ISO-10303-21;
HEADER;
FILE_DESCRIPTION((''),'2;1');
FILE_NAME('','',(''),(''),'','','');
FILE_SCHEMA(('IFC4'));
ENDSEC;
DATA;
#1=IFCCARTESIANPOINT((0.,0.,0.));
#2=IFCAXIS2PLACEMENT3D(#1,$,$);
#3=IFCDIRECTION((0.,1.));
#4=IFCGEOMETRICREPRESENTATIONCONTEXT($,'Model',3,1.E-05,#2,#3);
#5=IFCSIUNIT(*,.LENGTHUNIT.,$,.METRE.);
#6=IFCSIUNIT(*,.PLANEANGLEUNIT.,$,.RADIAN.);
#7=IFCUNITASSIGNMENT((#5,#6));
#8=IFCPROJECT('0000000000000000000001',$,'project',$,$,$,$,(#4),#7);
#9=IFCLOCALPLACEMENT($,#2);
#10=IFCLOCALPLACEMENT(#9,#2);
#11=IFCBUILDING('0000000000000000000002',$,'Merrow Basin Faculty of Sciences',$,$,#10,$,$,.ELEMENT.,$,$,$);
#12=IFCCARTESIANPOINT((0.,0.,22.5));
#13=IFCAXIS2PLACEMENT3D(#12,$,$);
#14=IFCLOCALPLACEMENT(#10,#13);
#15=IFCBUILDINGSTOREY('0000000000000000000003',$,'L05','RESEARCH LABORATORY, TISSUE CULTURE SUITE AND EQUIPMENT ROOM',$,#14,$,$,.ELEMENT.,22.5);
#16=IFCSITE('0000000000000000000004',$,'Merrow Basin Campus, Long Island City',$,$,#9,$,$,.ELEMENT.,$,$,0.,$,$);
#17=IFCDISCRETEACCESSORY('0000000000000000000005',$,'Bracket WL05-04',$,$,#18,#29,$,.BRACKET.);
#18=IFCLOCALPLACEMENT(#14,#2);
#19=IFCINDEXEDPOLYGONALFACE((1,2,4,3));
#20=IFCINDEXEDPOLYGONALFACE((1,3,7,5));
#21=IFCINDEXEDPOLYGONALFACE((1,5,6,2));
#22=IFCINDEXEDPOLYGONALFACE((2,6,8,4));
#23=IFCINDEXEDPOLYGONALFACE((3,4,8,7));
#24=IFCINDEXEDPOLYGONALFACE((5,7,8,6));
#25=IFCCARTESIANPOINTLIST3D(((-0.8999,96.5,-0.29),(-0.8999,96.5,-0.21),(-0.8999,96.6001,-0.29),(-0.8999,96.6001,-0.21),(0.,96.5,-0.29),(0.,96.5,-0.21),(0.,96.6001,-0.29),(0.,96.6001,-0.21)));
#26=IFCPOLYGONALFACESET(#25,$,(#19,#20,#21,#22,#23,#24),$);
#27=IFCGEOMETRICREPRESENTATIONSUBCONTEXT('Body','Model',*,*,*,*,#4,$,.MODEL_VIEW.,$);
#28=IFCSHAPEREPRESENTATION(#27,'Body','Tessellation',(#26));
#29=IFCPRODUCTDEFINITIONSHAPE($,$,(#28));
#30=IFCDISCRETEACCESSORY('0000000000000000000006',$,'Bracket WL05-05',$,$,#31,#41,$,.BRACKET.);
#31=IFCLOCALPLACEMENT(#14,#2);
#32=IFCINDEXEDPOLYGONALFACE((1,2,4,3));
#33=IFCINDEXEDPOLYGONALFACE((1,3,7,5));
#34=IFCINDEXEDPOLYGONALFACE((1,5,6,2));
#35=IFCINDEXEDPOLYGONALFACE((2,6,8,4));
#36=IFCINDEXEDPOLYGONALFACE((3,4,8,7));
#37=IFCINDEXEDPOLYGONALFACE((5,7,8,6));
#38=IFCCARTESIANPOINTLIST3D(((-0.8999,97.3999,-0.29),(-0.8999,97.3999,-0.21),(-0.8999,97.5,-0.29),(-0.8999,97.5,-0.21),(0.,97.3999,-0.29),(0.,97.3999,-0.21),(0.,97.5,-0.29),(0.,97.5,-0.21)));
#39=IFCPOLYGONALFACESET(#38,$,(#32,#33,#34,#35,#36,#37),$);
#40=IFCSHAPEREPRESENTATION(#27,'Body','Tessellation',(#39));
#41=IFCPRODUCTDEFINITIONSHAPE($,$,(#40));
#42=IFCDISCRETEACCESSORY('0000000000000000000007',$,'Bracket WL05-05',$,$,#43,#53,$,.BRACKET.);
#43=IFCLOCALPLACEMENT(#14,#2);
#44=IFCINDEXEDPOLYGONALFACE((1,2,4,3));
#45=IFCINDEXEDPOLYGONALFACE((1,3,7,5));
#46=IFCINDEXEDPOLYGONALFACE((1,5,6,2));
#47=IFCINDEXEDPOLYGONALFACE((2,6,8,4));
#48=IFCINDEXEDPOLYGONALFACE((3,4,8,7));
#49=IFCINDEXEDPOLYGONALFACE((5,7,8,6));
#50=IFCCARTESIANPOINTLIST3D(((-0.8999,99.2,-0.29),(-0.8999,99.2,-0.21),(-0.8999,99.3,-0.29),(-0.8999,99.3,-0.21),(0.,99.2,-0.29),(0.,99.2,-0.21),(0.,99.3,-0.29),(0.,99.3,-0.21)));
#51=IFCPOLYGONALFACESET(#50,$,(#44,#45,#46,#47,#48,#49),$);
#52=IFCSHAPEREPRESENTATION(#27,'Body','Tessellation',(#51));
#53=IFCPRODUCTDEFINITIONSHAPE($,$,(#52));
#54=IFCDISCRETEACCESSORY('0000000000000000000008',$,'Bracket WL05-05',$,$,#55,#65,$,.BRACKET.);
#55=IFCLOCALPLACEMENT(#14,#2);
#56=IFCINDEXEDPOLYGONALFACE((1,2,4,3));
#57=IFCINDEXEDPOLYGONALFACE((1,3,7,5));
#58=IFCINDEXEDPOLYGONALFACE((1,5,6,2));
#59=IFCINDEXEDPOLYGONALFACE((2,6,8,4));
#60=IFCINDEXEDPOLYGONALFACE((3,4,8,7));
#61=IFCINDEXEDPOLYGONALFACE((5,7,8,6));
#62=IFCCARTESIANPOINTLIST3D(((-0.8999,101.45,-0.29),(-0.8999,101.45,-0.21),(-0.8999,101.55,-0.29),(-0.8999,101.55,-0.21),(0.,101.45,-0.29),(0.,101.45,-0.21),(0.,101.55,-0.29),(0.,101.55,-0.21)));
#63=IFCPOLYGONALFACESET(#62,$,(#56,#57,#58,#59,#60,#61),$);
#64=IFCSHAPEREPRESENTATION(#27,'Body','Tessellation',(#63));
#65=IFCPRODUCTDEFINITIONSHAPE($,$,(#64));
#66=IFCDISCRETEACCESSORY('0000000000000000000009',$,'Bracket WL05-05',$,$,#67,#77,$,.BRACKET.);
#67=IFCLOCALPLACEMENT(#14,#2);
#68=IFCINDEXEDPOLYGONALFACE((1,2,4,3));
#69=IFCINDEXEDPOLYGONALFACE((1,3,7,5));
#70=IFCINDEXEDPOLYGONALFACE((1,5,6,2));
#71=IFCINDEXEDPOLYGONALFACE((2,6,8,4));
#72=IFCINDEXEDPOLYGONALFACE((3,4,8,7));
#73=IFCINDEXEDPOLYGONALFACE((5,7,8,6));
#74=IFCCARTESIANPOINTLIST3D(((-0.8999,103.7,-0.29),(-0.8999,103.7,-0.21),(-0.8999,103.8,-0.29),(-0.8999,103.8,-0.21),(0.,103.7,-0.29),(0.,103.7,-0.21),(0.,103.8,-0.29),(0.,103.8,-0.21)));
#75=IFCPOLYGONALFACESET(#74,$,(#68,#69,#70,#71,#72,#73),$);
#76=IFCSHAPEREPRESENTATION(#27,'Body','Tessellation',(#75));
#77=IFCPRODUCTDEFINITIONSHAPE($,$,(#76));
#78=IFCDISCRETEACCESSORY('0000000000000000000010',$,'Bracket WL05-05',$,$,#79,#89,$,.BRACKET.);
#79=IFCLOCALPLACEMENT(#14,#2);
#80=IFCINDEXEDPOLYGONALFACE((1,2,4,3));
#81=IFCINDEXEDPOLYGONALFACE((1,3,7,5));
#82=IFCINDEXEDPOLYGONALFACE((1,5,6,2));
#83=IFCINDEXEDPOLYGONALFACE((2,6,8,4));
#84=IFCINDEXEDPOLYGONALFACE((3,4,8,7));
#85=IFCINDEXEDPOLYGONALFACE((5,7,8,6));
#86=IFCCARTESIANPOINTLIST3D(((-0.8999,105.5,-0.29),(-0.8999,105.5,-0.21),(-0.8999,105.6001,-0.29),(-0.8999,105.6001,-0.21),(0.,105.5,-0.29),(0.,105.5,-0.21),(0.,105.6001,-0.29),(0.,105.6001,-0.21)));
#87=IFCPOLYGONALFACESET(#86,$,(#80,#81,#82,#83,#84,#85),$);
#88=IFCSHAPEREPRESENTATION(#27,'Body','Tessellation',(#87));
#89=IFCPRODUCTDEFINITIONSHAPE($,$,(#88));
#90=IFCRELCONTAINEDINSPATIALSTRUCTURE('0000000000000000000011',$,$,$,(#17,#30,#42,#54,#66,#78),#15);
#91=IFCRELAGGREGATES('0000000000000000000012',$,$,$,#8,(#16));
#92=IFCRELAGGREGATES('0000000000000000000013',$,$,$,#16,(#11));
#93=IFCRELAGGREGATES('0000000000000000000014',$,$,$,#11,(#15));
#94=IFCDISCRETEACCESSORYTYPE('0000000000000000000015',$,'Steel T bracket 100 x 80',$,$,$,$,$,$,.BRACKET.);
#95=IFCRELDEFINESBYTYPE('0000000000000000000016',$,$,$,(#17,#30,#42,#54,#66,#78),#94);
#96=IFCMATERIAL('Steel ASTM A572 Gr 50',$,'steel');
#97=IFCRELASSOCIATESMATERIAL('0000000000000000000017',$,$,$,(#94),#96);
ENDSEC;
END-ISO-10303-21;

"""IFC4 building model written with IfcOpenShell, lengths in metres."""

from ifc_helpers import new_model, si_unit, direction, frame, origin, place, context, subcontext, project, spatial, polyline, outline, extrude, source, transform, mapped, material, type_object, element, save


model = new_model("IFC4")

# Units and contexts
model_context = context("Model", 3, precision=1e-05, world=origin(), true_north=direction((0.0, 1.0)))
body_context = subcontext(model_context, "Body", "Model", "MODEL_VIEW")
ifc_project = project(units=[si_unit("LENGTHUNIT", "METRE"), si_unit("PLANEANGLEUNIT", "RADIAN")], contexts=[model_context])

# Site, building, storey
site_placement = place(None, origin())
site = spatial("IfcSite", under=ifc_project, at=site_placement, Name="Merrow Basin Campus, Long Island City", CompositionType="ELEMENT", RefElevation=0.0)
building_placement = place(site_placement, origin())
building = spatial("IfcBuilding", under=site, at=building_placement, Name="Merrow Basin Faculty of Sciences", CompositionType="ELEMENT")
storey_placement = place(building_placement, frame((0.0, 0.0, 22.5)))
storey = spatial("IfcBuildingStorey", under=building, at=storey_placement, Name="L05", Description="RESEARCH LABORATORY, TISSUE CULTURE SUITE AND EQUIPMENT ROOM", CompositionType="ELEMENT", Elevation=22.5)

# Discrete accessories
ifc_material_1 = material(Name="Steel ASTM A572 Gr 50", Category="steel")
discrete_accessory_type = type_object("IfcDiscreteAccessoryType", Name="Steel T bracket 100 x 80", PredefinedType="BRACKET", material=ifc_material_1)
shared_shape_1 = source(origin(), body_context, "Body", "SweptSolid", [
    extrude(outline(polyline([(0.0, 0.0), (0.1001, 0.0), (0.1001, 0.0801), (0.0, 0.0801), (0.0, 0.0)])), origin(), (0.0, 0.0, 1.0), 0.8999),
])
for number, where, z_axis, x_axis, name in (
    (1, (-0.8999, 96.5, -0.29), (1.0, 0.0, 0.0), (0.0, 1.0, 0.0), "Bracket WL05-04"),
    (2, (-0.8999, 97.3999, -0.29), (1.0, 0.0, 0.0), (0.0, 1.0, 0.0), "Bracket WL05-05"),
    (3, (-0.8999, 99.2, -0.29), (1.0, 0.0, 0.0), (0.0, 1.0, 0.0), "Bracket WL05-05"),
    (4, (-0.8999, 101.45, -0.29), (1.0, 0.0, 0.0), (0.0, 1.0, 0.0), "Bracket WL05-05"),
    (5, (-0.8999, 103.7, -0.29), (1.0, 0.0, 0.0), (0.0, 1.0, 0.0), "Bracket WL05-05"),
    (6, (-0.8999, 105.5, -0.29), (1.0, 0.0, 0.0), (0.0, 1.0, 0.0), "Bracket WL05-05"),
):
    element("IfcDiscreteAccessory", number, at=place(storey_placement, frame(where, z_axis=z_axis, x_axis=x_axis)), inside=storey, type_object=discrete_accessory_type, Name=name, PredefinedType="BRACKET", context=body_context, shape_type="MappedRepresentation", body=[
        mapped(shared_shape_1, transform((0.0, 0.0, 0.0), scale=1.0)),
    ])

save(model, "model.ifc")
